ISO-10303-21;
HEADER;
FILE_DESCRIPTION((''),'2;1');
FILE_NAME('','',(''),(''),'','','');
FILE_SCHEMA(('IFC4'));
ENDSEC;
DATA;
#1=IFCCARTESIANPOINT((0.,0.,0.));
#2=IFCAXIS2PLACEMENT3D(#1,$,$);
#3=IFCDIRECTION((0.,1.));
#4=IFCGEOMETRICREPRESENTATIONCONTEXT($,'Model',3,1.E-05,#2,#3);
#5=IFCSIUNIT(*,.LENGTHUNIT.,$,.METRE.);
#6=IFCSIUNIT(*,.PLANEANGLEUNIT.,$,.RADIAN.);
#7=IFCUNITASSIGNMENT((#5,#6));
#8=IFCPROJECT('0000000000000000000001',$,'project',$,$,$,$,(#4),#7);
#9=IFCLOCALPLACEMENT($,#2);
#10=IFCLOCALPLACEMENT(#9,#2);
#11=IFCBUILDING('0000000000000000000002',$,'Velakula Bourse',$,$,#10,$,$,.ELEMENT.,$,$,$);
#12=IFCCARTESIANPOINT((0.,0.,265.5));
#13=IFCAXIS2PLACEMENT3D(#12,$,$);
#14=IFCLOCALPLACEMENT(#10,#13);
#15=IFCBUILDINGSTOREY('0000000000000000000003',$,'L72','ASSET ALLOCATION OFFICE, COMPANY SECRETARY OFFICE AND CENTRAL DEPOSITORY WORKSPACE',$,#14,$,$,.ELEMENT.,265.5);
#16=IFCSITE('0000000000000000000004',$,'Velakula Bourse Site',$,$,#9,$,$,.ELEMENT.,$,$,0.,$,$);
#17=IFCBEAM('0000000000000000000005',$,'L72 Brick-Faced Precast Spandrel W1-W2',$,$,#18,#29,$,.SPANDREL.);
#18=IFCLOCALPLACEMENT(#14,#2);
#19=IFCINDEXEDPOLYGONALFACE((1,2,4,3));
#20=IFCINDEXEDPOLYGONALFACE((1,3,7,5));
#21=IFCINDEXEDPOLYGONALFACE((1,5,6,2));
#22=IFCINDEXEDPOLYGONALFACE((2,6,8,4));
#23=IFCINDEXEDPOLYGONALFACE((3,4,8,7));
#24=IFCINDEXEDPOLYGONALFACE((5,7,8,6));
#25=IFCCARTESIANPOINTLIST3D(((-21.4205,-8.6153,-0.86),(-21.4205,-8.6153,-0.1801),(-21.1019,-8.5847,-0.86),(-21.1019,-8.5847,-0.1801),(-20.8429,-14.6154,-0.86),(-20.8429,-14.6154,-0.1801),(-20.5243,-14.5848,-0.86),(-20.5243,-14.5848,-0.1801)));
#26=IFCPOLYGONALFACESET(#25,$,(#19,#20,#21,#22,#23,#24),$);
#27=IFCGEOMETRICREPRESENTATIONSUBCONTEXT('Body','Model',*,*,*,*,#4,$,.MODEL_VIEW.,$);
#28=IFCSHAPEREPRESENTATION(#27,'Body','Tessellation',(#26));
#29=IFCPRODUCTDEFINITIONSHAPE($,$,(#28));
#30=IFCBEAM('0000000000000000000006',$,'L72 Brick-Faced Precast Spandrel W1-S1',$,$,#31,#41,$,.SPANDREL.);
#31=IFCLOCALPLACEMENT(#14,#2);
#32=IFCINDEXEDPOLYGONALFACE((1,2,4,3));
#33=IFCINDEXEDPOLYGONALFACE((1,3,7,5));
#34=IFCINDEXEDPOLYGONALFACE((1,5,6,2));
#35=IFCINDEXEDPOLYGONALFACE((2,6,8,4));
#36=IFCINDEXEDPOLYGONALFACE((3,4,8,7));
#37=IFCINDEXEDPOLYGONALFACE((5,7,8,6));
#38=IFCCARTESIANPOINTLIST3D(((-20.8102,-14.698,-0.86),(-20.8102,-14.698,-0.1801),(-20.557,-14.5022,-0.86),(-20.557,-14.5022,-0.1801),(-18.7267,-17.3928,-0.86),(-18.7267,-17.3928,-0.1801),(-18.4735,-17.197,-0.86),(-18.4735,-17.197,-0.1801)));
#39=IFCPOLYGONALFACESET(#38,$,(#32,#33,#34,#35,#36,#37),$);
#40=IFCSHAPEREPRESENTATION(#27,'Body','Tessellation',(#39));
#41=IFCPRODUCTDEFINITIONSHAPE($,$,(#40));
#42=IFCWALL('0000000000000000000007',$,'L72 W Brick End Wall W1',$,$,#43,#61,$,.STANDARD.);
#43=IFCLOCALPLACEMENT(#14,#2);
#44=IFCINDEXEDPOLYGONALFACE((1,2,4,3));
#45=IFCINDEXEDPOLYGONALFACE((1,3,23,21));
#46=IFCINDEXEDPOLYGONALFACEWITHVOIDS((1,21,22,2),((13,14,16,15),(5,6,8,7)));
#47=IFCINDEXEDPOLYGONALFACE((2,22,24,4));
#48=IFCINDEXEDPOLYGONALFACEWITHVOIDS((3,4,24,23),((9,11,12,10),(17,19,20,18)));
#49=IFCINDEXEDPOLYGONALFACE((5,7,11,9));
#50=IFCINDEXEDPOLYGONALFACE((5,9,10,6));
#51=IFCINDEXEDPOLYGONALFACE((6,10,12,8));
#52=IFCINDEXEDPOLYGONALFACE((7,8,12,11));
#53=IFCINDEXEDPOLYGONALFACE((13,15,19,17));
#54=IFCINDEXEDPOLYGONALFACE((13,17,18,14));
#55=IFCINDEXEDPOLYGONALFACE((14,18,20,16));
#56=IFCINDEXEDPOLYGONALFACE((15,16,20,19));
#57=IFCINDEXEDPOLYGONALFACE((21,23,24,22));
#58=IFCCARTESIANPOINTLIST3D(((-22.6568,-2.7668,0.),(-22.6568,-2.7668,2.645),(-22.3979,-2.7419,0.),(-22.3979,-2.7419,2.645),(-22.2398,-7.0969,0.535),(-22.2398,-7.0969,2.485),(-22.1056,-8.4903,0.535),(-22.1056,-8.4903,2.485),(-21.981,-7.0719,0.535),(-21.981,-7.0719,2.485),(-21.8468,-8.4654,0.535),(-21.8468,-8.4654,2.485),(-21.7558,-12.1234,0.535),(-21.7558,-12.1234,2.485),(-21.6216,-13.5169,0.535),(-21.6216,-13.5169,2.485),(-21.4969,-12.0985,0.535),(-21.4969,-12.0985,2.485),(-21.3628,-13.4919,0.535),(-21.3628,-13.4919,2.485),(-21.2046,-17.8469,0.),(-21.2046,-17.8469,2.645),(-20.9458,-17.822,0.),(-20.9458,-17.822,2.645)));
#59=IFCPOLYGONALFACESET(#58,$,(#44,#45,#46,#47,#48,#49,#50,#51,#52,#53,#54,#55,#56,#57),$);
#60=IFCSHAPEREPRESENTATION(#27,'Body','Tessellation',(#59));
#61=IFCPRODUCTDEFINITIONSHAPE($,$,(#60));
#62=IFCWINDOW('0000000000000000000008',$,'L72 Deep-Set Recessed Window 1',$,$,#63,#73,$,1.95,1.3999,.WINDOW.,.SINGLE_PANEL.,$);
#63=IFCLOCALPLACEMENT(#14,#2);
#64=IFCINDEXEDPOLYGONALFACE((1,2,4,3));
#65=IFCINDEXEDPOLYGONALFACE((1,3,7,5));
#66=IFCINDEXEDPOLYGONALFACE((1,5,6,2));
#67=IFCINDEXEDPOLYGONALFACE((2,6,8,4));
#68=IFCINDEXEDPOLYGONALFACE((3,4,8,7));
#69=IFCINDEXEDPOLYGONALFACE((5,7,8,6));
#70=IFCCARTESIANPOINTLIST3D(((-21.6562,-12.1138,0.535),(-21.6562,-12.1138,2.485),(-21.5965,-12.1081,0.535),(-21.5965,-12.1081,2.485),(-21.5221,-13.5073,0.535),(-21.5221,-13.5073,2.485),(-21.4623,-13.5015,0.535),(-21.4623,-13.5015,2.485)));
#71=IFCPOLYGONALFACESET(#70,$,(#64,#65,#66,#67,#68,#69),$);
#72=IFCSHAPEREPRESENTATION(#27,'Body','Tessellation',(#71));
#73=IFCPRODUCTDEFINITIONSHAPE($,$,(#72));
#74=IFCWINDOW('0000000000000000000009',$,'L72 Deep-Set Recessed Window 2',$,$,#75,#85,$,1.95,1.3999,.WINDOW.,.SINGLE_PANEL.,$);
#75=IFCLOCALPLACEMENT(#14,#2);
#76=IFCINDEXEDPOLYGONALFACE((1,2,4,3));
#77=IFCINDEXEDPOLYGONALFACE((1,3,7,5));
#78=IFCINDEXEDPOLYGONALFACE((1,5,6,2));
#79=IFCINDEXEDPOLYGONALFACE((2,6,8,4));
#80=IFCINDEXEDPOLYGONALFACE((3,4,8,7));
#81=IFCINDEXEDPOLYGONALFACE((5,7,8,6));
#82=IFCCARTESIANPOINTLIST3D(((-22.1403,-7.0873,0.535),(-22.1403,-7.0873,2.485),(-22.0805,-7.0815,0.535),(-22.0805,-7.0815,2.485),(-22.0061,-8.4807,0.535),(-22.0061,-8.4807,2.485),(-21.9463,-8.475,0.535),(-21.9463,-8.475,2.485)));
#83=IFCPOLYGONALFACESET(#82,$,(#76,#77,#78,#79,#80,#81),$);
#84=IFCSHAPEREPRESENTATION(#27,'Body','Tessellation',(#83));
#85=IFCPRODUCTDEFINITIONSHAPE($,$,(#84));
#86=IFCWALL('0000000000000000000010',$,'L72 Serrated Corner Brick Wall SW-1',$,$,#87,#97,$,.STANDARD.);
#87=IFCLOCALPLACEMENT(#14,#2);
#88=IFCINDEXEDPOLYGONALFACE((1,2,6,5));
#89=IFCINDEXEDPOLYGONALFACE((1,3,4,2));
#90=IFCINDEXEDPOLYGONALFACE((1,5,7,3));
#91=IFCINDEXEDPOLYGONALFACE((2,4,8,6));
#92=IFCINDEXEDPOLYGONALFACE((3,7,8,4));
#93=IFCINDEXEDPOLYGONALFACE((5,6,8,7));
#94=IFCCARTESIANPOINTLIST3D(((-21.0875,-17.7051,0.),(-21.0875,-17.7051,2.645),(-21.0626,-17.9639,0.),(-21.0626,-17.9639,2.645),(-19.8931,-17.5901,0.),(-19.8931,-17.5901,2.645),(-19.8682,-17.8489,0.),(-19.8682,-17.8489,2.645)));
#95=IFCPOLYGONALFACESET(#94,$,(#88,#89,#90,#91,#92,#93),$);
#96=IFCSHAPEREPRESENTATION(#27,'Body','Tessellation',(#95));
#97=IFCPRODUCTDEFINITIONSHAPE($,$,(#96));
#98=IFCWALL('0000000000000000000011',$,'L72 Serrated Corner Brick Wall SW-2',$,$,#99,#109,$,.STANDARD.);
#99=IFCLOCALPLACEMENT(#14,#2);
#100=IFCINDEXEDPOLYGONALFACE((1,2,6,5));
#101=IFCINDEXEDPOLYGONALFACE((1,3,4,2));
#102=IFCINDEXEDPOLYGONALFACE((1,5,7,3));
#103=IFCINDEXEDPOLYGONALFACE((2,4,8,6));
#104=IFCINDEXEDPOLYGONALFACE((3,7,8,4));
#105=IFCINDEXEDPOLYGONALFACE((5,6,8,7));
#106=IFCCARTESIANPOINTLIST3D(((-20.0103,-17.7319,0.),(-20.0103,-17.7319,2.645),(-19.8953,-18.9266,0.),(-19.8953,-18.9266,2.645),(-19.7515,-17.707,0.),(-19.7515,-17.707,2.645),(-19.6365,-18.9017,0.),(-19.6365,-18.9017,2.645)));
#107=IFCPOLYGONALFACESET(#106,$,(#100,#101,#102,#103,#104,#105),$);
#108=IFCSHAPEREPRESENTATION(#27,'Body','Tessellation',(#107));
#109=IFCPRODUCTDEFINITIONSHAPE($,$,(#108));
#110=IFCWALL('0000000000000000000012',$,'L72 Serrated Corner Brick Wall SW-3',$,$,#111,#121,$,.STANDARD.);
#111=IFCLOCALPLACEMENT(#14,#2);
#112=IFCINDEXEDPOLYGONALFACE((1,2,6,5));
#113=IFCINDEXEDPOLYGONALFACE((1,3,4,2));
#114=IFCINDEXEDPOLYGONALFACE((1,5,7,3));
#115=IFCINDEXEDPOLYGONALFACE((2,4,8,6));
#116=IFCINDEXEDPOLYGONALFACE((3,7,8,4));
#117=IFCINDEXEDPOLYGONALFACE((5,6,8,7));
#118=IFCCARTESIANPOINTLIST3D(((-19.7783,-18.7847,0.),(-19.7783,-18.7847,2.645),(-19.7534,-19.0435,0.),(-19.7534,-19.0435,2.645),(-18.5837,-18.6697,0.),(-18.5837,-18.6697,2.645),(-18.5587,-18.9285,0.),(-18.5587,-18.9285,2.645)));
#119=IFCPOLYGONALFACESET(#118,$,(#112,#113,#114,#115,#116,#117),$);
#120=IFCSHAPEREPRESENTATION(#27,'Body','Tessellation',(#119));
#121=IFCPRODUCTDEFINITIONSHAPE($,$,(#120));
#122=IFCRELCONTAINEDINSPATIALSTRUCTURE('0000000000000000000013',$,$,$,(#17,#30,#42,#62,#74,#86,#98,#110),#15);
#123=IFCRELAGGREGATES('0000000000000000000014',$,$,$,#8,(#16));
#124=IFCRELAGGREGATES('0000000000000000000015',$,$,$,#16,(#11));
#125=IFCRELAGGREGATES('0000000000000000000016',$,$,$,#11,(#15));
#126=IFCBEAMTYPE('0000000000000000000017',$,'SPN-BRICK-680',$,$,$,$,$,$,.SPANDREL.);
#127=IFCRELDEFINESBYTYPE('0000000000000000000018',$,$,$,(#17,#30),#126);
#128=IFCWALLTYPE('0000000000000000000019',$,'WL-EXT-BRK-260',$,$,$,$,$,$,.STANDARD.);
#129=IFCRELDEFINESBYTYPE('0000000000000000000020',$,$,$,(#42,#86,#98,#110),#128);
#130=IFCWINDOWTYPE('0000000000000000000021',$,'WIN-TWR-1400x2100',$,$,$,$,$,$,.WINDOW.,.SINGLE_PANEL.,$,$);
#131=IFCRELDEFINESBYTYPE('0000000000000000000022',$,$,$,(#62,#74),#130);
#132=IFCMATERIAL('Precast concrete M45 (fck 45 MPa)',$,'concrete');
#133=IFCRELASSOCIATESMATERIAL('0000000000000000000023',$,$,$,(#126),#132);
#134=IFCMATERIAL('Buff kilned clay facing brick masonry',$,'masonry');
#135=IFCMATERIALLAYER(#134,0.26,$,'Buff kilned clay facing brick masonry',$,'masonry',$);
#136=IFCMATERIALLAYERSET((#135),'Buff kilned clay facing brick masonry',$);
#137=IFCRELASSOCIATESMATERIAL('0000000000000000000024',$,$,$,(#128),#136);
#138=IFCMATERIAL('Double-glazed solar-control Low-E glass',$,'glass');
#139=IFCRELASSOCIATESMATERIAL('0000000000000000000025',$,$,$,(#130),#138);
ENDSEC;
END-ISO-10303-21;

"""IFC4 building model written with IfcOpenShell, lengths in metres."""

from ifc_helpers import new_model, si_unit, direction, frame, frame_2d, origin, origin_2d, place, context, subcontext, project, spatial, rectangle, extrude, material, layer, layer_set, material_profile, profile_set, type_object, element, fill, save


model = new_model("IFC4")

# Units and contexts
model_context = context("Model", 3, precision=1e-05, world=origin(), true_north=direction((0.0, 1.0)))
body_context = subcontext(model_context, "Body", "Model", "MODEL_VIEW")
ifc_project = project(units=[si_unit("LENGTHUNIT", "METRE"), si_unit("PLANEANGLEUNIT", "RADIAN")], contexts=[model_context])

# Site, building, storey
site_placement = place(None, origin())
site = spatial("IfcSite", under=ifc_project, at=site_placement, Name="Velakula Bourse Site", CompositionType="ELEMENT", RefElevation=0.0)
building_placement = place(site_placement, origin())
building = spatial("IfcBuilding", under=site, at=building_placement, Name="Velakula Bourse", CompositionType="ELEMENT")
storey_placement = place(building_placement, frame((0.0, 0.0, 265.5)))
storey = spatial("IfcBuildingStorey", under=building, at=storey_placement, Name="L72", Description="ASSET ALLOCATION OFFICE, COMPANY SECRETARY OFFICE AND CENTRAL DEPOSITORY WORKSPACE", CompositionType="ELEMENT", Elevation=265.5)

# Shared definitions
ifc_material_1 = material(Name="Precast concrete M45 (fck 45 MPa)", Category="concrete")

# Beams
ifc_material_profile_1 = material_profile(ifc_material_1, rectangle(XDim=0.3201, YDim=0.6799, at=origin_2d()), Name="Precast concrete M45 (fck 45 MPa)")
ifc_profile_set_1 = profile_set([ifc_material_profile_1], Name="Precast concrete M45 (fck 45 MPa)")
beam_type_1 = type_object("IfcBeamType", Name="SPN-BRICK-680", PredefinedType="SPANDREL", material=ifc_profile_set_1)
beam_1_placement = place(storey_placement, frame((-20.6836, -14.6001, -0.52), z_axis=(-0.09583, 0.995398, 0.0), x_axis=(-0.995398, -0.09583, 0.0)))
element("IfcBeam", 1, at=beam_1_placement, inside=storey, type_object=beam_type_1, Name="L72 Brick-Faced Precast Spandrel W1-W2", PredefinedType="SPANDREL", context=body_context, shape_type="SweptSolid", body=[
    extrude(rectangle(XDim=0.3201, YDim=0.6799, at=origin_2d()), origin(), (0.0, 0.0, 1.0), 6.0278),
])
beam_2_placement = place(storey_placement, frame((-20.6836, -14.6001, -0.52), z_axis=(0.611656, -0.791124, 0.0), x_axis=(0.791124, 0.611656, 0.0)))
element("IfcBeam", 2, at=beam_2_placement, inside=storey, type_object=beam_type_1, Name="L72 Brick-Faced Precast Spandrel W1-S1", PredefinedType="SPANDREL", context=body_context, shape_type="SweptSolid", body=[
    extrude(rectangle(XDim=0.3201, YDim=0.6799, at=origin_2d()), origin(), (0.0, 0.0, 1.0), 3.4062),
])

# Wall, openings, windows
ifc_material_2 = material(Name="Buff kilned clay facing brick masonry", Category="masonry")
ifc_layer = layer(ifc_material_2, 0.26, Name="Buff kilned clay facing brick masonry", Category="masonry")
ifc_layer_set = layer_set([ifc_layer], Name="Buff kilned clay facing brick masonry")
wall_type = type_object("IfcWallType", Name="WL-EXT-BRK-260", PredefinedType="STANDARD", material=ifc_layer_set)
wall_1_placement = place(storey_placement, frame((-21.0752, -17.8345, 0.0), z_axis=(0.0, 0.0, 1.0), x_axis=(-0.095852, 0.995396, 0.0)))
wall_1 = element("IfcWall", 3, at=wall_1_placement, inside=storey, type_object=wall_type, Name="L72 W Brick End Wall W1", PredefinedType="STANDARD", context=body_context, shape_type="SweptSolid", body=[
    extrude(rectangle(XDim=15.1499, YDim=0.26, at=frame_2d((7.575, 0.0))), origin(), (0.0, 0.0, 1.0), 2.645),
])
opening_1_placement = place(wall_1_placement, frame((4.3501, 0.0, 0.5349)))
opening_1 = element("IfcOpeningElement", 4, at=opening_1_placement, cuts=wall_1, PredefinedType="OPENING", context=body_context, shape_type="SweptSolid", body=[
    extrude(rectangle(XDim=1.3999, YDim=1.95, at=frame_2d((0.7, 0.9751))), frame((0.0, 0.1399, 0.0), z_axis=(0.0, -1.0, 0.0), x_axis=(1.0, 0.0, 0.0)), (0.0, 0.0, 1.0), 0.28),
])
opening_2_placement = place(wall_1_placement, frame((9.3999, 0.0, 0.5349)))
opening_2 = element("IfcOpeningElement", 5, at=opening_2_placement, cuts=wall_1, PredefinedType="OPENING", context=body_context, shape_type="SweptSolid", body=[
    extrude(rectangle(XDim=1.3999, YDim=1.95, at=frame_2d((0.7, 0.9751))), frame((0.0, 0.1399, 0.0), z_axis=(0.0, -1.0, 0.0), x_axis=(1.0, 0.0, 0.0)), (0.0, 0.0, 1.0), 0.28),
])
ifc_material_3 = material(Name="Double-glazed solar-control Low-E glass", Category="glass")
window_type = type_object("IfcWindowType", Name="WIN-TWR-1400x2100", PartitioningType="SINGLE_PANEL", PredefinedType="WINDOW", material=ifc_material_3)
window_1_placement = place(opening_1_placement, origin())
window_1 = element("IfcWindow", 6, at=window_1_placement, inside=storey, type_object=window_type, Name="L72 Deep-Set Recessed Window 1", OverallHeight=1.95, OverallWidth=1.3999, PartitioningType="SINGLE_PANEL", PredefinedType="WINDOW", context=body_context, shape_type="SweptSolid", body=[
    extrude(rectangle(XDim=1.3999, YDim=1.95, at=frame_2d((0.7, 0.9751))), frame((0.0, 0.03, 0.0), z_axis=(0.0, -1.0, 0.0), x_axis=(1.0, 0.0, 0.0)), (0.0, 0.0, 1.0), 0.0601),
])
fill(opening_1, window_1)
window_2_placement = place(opening_2_placement, origin())
window_2 = element("IfcWindow", 7, at=window_2_placement, inside=storey, type_object=window_type, Name="L72 Deep-Set Recessed Window 2", OverallHeight=1.95, OverallWidth=1.3999, PartitioningType="SINGLE_PANEL", PredefinedType="WINDOW", context=body_context, shape_type="SweptSolid", body=[
    extrude(rectangle(XDim=1.3999, YDim=1.95, at=frame_2d((0.7, 0.9751))), frame((0.0, 0.03, 0.0), z_axis=(0.0, -1.0, 0.0), x_axis=(1.0, 0.0, 0.0)), (0.0, 0.0, 1.0), 0.0601),
])
fill(opening_2, window_2)

# Walls
wall_2_placement = place(storey_placement, frame((-21.0752, -17.8345, 0.0), z_axis=(0.0, 0.0, 1.0), x_axis=(0.995397, 0.095836, 0.0)))
element("IfcWall", 8, at=wall_2_placement, inside=storey, type_object=wall_type, Name="L72 Serrated Corner Brick Wall SW-1", PredefinedType="STANDARD", context=body_context, shape_type="SweptSolid", body=[
    extrude(rectangle(XDim=1.2, YDim=0.26, at=frame_2d((0.6001, 0.0))), origin(), (0.0, 0.0, 1.0), 2.645),
])
for number, where, z_axis, x_axis, name in (
    (9, (-19.8809, -17.7195, 0.0), (0.0, 0.0, 1.0), (0.095817, -0.995399, 0.0), "L72 Serrated Corner Brick Wall SW-2"),
    (10, (-19.7659, -18.9141, 0.0), (0.0, 0.0, 1.0), (0.995399, 0.095817, 0.0), "L72 Serrated Corner Brick Wall SW-3"),
):
    element("IfcWall", number, at=place(storey_placement, frame(where, z_axis=z_axis, x_axis=x_axis)), inside=storey, type_object=wall_type, Name=name, PredefinedType="STANDARD", context=body_context, shape_type="SweptSolid", body=[
        extrude(rectangle(XDim=1.2002, YDim=0.26, at=frame_2d((0.6001, 0.0))), origin(), (0.0, 0.0, 1.0), 2.645),
    ])

save(model, "model.ifc")
